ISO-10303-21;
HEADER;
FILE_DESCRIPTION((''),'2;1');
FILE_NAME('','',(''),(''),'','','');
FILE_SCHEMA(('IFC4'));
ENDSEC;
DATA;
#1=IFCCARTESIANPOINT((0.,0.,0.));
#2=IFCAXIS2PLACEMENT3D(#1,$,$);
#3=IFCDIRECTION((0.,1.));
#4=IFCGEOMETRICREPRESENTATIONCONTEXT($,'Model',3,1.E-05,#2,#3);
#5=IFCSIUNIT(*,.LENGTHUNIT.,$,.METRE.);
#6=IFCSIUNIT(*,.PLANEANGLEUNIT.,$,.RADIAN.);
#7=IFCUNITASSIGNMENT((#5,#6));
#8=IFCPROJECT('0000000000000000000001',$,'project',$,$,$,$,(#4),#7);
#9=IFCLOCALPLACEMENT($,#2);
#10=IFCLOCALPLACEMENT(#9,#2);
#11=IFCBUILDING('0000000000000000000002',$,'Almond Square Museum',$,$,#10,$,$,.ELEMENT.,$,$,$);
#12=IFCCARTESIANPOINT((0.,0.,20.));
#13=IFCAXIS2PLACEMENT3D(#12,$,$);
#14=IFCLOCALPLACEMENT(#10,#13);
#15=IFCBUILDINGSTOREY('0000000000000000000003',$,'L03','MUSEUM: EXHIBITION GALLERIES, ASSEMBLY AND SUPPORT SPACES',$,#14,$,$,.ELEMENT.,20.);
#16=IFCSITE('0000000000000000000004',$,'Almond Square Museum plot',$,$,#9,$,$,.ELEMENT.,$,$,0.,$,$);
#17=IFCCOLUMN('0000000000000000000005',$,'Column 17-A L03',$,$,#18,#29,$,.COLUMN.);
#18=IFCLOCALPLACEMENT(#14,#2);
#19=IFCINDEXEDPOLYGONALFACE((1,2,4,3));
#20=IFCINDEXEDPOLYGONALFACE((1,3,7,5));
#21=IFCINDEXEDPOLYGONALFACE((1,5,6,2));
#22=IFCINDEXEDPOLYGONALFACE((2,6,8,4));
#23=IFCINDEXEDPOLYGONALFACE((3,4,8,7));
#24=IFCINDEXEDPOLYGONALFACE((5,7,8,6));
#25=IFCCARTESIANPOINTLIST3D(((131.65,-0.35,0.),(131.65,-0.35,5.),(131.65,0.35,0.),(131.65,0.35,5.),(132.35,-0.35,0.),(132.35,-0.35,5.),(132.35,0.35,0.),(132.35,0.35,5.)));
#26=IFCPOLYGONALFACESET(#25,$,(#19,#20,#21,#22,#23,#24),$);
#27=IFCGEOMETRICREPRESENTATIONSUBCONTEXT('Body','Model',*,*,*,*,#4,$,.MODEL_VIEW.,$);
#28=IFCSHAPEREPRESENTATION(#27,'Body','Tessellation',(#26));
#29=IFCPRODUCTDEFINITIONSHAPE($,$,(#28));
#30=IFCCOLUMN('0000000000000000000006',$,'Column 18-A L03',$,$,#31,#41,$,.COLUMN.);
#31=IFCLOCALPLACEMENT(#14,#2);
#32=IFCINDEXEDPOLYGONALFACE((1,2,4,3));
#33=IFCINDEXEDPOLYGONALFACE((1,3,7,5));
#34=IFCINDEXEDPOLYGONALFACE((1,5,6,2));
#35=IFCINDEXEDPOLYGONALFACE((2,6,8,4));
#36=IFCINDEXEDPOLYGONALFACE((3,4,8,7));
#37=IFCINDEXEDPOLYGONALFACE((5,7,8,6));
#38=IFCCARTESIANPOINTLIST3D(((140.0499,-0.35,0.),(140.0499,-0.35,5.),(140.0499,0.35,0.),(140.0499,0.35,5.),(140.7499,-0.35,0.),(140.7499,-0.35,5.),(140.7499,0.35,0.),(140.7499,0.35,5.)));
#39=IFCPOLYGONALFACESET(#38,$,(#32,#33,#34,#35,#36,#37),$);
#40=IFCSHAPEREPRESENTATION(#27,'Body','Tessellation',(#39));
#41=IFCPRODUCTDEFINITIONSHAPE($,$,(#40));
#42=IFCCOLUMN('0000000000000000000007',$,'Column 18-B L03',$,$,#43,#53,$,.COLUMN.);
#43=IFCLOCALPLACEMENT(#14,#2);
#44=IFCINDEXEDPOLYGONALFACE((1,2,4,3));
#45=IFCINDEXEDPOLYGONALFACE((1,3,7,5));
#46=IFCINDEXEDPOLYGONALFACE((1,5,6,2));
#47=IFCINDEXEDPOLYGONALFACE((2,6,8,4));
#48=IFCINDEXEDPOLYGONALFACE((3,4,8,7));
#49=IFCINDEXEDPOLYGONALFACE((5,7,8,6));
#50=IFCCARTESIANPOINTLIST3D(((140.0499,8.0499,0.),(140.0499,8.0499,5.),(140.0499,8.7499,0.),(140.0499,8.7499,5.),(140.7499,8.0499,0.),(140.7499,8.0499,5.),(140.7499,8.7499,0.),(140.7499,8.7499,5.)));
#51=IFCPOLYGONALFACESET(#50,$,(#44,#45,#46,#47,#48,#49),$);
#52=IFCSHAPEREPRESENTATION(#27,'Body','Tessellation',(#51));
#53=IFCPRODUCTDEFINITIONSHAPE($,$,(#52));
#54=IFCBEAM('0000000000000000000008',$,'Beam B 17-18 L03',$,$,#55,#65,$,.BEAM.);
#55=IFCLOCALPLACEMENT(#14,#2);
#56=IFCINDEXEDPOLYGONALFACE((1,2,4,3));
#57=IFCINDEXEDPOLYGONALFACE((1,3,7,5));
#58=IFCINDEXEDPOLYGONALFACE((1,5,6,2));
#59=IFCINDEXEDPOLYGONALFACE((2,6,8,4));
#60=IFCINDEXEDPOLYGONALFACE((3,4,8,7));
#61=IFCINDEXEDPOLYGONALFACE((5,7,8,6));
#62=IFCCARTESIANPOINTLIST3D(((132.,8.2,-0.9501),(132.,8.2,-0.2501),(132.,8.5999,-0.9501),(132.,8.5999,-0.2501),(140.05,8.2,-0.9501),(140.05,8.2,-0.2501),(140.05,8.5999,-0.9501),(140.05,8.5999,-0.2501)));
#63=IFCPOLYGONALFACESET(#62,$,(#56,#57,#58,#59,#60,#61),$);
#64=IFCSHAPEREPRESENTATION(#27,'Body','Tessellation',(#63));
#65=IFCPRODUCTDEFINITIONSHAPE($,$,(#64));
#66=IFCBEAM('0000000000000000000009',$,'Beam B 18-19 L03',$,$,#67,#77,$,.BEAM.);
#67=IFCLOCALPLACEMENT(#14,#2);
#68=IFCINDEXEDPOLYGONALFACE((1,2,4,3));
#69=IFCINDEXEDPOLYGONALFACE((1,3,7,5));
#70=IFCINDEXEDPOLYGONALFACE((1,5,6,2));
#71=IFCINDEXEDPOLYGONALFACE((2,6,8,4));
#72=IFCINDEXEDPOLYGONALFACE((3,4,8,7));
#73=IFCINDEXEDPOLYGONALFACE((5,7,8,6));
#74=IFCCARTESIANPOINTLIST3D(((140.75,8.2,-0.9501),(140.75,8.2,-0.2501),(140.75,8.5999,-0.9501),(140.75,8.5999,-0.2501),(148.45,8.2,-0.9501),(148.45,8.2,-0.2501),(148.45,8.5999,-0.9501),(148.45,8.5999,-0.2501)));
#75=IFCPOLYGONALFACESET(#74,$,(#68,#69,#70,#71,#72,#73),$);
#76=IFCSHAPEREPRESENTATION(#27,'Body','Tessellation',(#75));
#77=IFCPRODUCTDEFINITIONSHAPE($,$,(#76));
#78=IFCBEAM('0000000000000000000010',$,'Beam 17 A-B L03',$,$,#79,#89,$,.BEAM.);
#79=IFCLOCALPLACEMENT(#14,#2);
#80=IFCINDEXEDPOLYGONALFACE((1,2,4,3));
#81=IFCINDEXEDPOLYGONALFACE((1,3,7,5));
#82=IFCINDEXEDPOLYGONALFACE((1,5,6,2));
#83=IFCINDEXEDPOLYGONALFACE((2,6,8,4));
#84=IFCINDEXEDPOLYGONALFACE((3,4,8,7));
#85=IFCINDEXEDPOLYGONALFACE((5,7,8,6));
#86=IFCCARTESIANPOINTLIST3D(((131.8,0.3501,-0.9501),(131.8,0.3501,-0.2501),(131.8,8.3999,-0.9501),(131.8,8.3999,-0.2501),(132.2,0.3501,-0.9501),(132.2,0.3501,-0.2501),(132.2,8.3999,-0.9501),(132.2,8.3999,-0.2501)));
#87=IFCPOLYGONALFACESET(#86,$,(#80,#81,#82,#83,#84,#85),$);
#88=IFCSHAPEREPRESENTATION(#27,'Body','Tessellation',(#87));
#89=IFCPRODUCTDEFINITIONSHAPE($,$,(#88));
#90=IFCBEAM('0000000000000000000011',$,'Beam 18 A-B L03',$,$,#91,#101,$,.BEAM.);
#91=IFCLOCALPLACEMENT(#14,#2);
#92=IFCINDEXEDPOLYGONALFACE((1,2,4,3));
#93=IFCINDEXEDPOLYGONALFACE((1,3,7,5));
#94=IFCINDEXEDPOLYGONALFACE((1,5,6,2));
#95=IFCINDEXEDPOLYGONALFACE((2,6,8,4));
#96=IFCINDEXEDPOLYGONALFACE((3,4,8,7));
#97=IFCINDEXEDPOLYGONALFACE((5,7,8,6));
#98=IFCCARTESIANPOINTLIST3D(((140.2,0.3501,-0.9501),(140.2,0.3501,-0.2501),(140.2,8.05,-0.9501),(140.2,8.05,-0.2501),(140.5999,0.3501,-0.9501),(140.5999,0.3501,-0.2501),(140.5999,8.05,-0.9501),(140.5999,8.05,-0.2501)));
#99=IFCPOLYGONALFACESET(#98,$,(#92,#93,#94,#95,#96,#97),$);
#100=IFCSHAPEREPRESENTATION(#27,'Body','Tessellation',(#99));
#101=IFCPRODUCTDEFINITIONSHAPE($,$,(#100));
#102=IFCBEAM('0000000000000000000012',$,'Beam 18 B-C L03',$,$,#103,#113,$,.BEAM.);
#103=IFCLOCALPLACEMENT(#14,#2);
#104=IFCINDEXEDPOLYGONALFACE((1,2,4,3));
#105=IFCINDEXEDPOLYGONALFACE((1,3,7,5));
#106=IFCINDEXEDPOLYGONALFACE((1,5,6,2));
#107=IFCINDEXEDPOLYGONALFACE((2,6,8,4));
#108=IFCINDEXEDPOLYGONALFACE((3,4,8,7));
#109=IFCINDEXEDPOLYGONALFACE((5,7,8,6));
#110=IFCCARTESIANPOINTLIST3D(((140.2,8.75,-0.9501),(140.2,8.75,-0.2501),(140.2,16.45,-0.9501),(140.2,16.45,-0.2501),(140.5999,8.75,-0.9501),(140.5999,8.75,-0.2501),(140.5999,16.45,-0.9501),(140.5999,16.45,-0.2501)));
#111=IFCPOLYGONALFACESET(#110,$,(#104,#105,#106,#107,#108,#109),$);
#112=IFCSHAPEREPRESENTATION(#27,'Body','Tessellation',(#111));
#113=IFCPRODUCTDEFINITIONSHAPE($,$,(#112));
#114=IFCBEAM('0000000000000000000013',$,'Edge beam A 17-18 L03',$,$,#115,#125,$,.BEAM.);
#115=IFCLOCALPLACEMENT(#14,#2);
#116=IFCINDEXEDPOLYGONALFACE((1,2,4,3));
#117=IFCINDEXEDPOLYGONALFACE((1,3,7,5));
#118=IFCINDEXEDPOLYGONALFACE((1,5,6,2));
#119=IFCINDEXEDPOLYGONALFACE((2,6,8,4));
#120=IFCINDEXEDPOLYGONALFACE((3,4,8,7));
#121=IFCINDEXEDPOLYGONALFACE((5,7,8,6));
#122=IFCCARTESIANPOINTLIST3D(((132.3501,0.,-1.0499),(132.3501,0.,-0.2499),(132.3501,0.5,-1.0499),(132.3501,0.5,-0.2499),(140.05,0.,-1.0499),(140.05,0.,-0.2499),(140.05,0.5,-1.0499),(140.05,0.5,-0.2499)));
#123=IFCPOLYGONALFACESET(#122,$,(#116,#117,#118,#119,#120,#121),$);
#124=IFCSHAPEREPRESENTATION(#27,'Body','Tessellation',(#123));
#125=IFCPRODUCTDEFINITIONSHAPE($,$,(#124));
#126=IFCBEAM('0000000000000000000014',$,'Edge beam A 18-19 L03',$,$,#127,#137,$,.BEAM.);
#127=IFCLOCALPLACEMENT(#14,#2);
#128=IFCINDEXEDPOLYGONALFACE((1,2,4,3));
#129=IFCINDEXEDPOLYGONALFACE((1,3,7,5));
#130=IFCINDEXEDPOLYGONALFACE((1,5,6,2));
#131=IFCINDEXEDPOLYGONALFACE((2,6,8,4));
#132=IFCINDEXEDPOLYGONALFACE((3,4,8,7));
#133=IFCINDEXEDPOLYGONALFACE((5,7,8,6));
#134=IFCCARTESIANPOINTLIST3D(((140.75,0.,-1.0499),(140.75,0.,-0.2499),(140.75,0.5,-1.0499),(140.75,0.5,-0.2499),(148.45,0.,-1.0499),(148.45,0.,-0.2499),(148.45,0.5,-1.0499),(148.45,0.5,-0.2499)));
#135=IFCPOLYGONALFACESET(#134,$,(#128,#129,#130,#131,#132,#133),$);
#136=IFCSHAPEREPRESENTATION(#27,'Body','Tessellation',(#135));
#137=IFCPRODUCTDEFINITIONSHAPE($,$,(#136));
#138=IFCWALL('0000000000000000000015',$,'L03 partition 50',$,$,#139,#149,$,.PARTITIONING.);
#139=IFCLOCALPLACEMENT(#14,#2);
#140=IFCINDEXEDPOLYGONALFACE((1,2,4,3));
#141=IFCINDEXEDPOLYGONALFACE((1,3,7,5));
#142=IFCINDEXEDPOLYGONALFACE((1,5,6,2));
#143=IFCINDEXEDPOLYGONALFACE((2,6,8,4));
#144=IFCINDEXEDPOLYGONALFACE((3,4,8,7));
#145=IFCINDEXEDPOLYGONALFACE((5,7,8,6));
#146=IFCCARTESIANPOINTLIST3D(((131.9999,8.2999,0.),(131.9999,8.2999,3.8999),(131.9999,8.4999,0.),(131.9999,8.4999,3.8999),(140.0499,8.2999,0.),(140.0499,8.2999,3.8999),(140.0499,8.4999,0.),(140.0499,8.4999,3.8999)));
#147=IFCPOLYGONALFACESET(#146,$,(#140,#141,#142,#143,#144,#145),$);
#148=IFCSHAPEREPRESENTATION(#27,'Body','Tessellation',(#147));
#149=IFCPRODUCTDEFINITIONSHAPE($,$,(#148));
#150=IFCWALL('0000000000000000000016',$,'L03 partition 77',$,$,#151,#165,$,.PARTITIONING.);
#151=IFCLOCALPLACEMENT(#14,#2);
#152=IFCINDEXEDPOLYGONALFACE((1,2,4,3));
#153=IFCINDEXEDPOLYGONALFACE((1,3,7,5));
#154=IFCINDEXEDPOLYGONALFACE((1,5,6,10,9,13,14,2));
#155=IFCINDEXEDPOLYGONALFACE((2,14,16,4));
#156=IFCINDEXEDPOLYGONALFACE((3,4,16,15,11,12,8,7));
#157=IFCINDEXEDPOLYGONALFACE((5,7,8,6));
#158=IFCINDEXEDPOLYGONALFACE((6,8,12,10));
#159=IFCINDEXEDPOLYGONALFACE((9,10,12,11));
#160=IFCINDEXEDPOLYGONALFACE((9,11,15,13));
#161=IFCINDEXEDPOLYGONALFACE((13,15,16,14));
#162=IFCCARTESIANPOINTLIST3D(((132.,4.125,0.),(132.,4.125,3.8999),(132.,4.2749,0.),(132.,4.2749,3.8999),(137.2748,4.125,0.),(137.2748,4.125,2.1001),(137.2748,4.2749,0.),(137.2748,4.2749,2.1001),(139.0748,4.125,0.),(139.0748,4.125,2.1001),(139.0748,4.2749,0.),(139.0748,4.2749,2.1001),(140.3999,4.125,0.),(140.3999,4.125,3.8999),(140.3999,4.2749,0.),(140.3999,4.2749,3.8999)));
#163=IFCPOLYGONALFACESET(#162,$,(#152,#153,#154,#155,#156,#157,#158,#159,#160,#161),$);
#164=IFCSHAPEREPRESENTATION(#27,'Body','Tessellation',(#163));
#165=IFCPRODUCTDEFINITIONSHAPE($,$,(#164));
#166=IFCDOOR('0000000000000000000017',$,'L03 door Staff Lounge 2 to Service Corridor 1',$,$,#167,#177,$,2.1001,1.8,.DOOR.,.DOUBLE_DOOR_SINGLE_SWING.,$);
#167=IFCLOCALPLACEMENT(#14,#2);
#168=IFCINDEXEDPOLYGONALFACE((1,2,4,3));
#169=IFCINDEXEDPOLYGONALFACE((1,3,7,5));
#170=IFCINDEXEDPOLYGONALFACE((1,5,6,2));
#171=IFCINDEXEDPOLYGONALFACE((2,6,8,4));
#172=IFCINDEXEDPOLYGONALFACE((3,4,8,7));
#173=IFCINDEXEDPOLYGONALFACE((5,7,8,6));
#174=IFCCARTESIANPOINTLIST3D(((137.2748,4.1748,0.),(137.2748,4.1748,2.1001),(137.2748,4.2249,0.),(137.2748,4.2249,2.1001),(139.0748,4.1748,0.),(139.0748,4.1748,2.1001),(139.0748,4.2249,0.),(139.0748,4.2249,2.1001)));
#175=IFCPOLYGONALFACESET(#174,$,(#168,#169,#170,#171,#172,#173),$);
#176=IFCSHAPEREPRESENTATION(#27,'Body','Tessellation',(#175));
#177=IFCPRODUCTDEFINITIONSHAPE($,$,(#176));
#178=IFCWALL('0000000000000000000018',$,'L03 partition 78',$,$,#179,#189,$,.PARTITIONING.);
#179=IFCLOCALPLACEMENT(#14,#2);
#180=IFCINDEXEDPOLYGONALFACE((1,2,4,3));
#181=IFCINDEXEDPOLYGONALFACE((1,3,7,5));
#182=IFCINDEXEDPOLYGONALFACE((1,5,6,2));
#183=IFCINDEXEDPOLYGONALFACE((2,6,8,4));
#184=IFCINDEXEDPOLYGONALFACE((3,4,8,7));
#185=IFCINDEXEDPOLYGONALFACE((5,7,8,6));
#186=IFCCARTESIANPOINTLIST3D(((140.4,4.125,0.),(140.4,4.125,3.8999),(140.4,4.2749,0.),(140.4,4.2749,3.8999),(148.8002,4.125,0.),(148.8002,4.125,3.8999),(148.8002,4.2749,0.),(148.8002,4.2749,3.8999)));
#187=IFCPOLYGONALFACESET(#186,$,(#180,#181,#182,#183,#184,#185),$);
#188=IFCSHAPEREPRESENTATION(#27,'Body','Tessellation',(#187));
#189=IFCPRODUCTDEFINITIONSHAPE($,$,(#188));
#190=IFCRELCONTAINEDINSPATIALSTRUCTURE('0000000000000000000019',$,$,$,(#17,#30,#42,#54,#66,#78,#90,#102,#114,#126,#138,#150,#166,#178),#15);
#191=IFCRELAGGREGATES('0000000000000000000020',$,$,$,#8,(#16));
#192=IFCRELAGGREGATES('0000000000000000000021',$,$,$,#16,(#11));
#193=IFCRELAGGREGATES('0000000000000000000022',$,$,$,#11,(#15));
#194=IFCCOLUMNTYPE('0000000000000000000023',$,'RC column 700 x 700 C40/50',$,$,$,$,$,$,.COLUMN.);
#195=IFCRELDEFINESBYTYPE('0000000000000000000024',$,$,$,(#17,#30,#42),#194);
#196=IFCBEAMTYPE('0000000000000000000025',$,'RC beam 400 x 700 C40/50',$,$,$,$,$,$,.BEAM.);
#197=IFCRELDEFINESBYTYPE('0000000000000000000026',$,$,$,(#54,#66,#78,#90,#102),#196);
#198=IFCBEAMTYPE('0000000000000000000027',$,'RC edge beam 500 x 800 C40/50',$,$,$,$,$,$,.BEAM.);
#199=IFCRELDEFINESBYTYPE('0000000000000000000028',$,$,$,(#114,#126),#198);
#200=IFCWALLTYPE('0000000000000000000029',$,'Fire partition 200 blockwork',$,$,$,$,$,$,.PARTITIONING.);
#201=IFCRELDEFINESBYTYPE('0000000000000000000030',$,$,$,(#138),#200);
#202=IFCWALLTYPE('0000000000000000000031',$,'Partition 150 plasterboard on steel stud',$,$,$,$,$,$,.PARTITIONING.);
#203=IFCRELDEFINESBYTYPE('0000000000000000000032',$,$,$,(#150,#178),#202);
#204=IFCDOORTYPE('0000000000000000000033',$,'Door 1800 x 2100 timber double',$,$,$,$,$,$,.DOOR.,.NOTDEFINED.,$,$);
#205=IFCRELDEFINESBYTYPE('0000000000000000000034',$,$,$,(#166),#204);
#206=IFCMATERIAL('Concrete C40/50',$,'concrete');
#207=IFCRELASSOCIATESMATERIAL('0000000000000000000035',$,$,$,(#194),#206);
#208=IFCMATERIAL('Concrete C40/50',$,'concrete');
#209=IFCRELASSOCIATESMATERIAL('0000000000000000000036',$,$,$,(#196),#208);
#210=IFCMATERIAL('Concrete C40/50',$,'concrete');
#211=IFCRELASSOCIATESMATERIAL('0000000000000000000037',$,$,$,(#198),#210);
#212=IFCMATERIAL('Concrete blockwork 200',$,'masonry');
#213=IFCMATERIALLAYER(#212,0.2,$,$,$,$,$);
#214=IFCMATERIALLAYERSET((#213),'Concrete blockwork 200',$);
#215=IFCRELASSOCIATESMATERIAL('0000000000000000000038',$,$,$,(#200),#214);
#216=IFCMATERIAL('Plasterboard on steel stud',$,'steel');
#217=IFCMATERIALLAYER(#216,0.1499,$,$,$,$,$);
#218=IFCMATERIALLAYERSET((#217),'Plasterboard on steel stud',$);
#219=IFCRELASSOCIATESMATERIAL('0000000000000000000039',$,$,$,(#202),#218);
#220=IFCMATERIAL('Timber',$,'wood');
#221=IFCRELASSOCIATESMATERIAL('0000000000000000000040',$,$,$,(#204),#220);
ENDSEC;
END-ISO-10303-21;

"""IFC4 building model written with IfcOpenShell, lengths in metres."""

from ifc_helpers import new_model, si_unit, direction, frame, frame_2d, origin, origin_2d, place, context, subcontext, project, spatial, rectangle, extrude, material, layer, layer_set, material_profile, profile_set, type_object, element, fill, save


model = new_model("IFC4")

# Units and contexts
model_context = context("Model", 3, precision=1e-05, world=origin(), true_north=direction((0.0, 1.0)))
body_context = subcontext(model_context, "Body", "Model", "MODEL_VIEW")
ifc_project = project(units=[si_unit("LENGTHUNIT", "METRE"), si_unit("PLANEANGLEUNIT", "RADIAN")], contexts=[model_context])

# Site, building, storey
site_placement = place(None, origin())
site = spatial("IfcSite", under=ifc_project, at=site_placement, Name="Almond Square Museum plot", CompositionType="ELEMENT", RefElevation=0.0)
building_placement = place(site_placement, origin())
building = spatial("IfcBuilding", under=site, at=building_placement, Name="Almond Square Museum", CompositionType="ELEMENT")
storey_placement = place(building_placement, frame((0.0, 0.0, 20.0)))
storey = spatial("IfcBuildingStorey", under=building, at=storey_placement, Name="L03", Description="MUSEUM: EXHIBITION GALLERIES, ASSEMBLY AND SUPPORT SPACES", CompositionType="ELEMENT", Elevation=20.0)

# Columns
ifc_material_1 = material(Name="Concrete C40/50", Category="concrete")
ifc_material_profile_1 = material_profile(ifc_material_1, rectangle(XDim=0.7, YDim=0.7, at=origin_2d()))
ifc_profile_set_1 = profile_set([ifc_material_profile_1], Name="Concrete C40/50")
column_type = type_object("IfcColumnType", Name="RC column 700 x 700 C40/50", PredefinedType="COLUMN", material=ifc_profile_set_1)
for number, where, z_axis, x_axis, name in (
    (1, (132.0, 0.0, 0.0), (0.0, 0.0, 1.0), (1.0, 0.0, 0.0), "Column 17-A L03"),
    (2, (140.3999, 0.0, 0.0), (0.0, 0.0, 1.0), (1.0, 0.0, 0.0), "Column 18-A L03"),
    (3, (140.3999, 8.3999, 0.0), (0.0, 0.0, 1.0), (1.0, 0.0, 0.0), "Column 18-B L03"),
):
    element("IfcColumn", number, at=place(storey_placement, frame(where, z_axis=z_axis, x_axis=x_axis)), inside=storey, type_object=column_type, Name=name, PredefinedType="COLUMN", context=body_context, shape_type="SweptSolid", body=[
        extrude(rectangle(XDim=0.7, YDim=0.7, at=origin_2d()), origin(), (0.0, 0.0, 1.0), 5.0),
    ])

# Beams
ifc_material_2 = material(Name="Concrete C40/50", Category="concrete")
ifc_material_profile_2 = material_profile(ifc_material_2, rectangle(XDim=0.3999, YDim=0.7, at=origin_2d()))
ifc_profile_set_2 = profile_set([ifc_material_profile_2], Name="Concrete C40/50")
beam_type_1 = type_object("IfcBeamType", Name="RC beam 400 x 700 C40/50", PredefinedType="BEAM", material=ifc_profile_set_2)
beam_1_placement = place(storey_placement, frame((132.0, 8.3999, -0.6001), z_axis=(1.0, 0.0, 0.0), x_axis=(0.0, 1.0, 0.0)))
element("IfcBeam", 4, at=beam_1_placement, inside=storey, type_object=beam_type_1, Name="Beam B 17-18 L03", PredefinedType="BEAM", context=body_context, shape_type="SweptSolid", body=[
    extrude(rectangle(XDim=0.3999, YDim=0.7, at=origin_2d()), origin(), (0.0, 0.0, 1.0), 8.05),
])
beam_2_placement = place(storey_placement, frame((140.75, 8.3999, -0.6001), z_axis=(1.0, 0.0, 0.0), x_axis=(0.0, 1.0, 0.0)))
element("IfcBeam", 5, at=beam_2_placement, inside=storey, type_object=beam_type_1, Name="Beam B 18-19 L03", PredefinedType="BEAM", context=body_context, shape_type="SweptSolid", body=[
    extrude(rectangle(XDim=0.3999, YDim=0.7, at=origin_2d()), origin(), (0.0, 0.0, 1.0), 7.7),
])
beam_3_placement = place(storey_placement, frame((132.0, 0.3501, -0.6001), z_axis=(0.0, 1.0, 0.0), x_axis=(-1.0, 0.0, 0.0)))
element("IfcBeam", 6, at=beam_3_placement, inside=storey, type_object=beam_type_1, Name="Beam 17 A-B L03", PredefinedType="BEAM", context=body_context, shape_type="SweptSolid", body=[
    extrude(rectangle(XDim=0.3999, YDim=0.7, at=origin_2d()), origin(), (0.0, 0.0, 1.0), 8.0498),
])
for number, where, z_axis, x_axis, name in (
    (7, (140.3999, 0.3501, -0.6001), (0.0, 1.0, 0.0), (-1.0, 0.0, 0.0), "Beam 18 A-B L03"),
    (8, (140.3999, 8.75, -0.6001), (0.0, 1.0, 0.0), (-1.0, 0.0, 0.0), "Beam 18 B-C L03"),
):
    element("IfcBeam", number, at=place(storey_placement, frame(where, z_axis=z_axis, x_axis=x_axis)), inside=storey, type_object=beam_type_1, Name=name, PredefinedType="BEAM", context=body_context, shape_type="SweptSolid", body=[
        extrude(rectangle(XDim=0.3999, YDim=0.7, at=origin_2d()), origin(), (0.0, 0.0, 1.0), 7.7),
    ])
ifc_material_3 = material(Name="Concrete C40/50", Category="concrete")
ifc_material_profile_3 = material_profile(ifc_material_3, rectangle(XDim=0.5, YDim=0.8, at=origin_2d()))
ifc_profile_set_3 = profile_set([ifc_material_profile_3], Name="Concrete C40/50")
beam_type_2 = type_object("IfcBeamType", Name="RC edge beam 500 x 800 C40/50", PredefinedType="BEAM", material=ifc_profile_set_3)
for number, where, z_axis, x_axis, name in (
    (9, (132.3501, 0.25, -0.6499), (1.0, 0.0, 0.0), (0.0, 1.0, 0.0), "Edge beam A 17-18 L03"),
    (10, (140.75, 0.25, -0.6499), (1.0, 0.0, 0.0), (0.0, 1.0, 0.0), "Edge beam A 18-19 L03"),
):
    element("IfcBeam", number, at=place(storey_placement, frame(where, z_axis=z_axis, x_axis=x_axis)), inside=storey, type_object=beam_type_2, Name=name, PredefinedType="BEAM", context=body_context, shape_type="SweptSolid", body=[
        extrude(rectangle(XDim=0.5, YDim=0.8, at=origin_2d()), origin(), (0.0, 0.0, 1.0), 7.7),
    ])

# Wall
ifc_material_4 = material(Name="Concrete blockwork 200", Category="masonry")
ifc_layer_1 = layer(ifc_material_4, 0.2)
ifc_layer_set_1 = layer_set([ifc_layer_1], Name="Concrete blockwork 200")
wall_type_1 = type_object("IfcWallType", Name="Fire partition 200 blockwork", PredefinedType="PARTITIONING", material=ifc_layer_set_1)
wall_1_placement = place(storey_placement, frame((132.0, 8.3999, 0.0), z_axis=(0.0, 0.0, 1.0), x_axis=(1.0, 0.0, 0.0)))
element("IfcWall", 11, at=wall_1_placement, inside=storey, type_object=wall_type_1, Name="L03 partition 50", PredefinedType="PARTITIONING", context=body_context, shape_type="SweptSolid", body=[
    extrude(rectangle(XDim=8.05, YDim=0.2, at=frame_2d((4.0249, 0.0))), origin(), (0.0, 0.0, 1.0), 3.8999),
])

# Wall, opening, door
ifc_material_5 = material(Name="Plasterboard on steel stud", Category="steel")
ifc_layer_2 = layer(ifc_material_5, 0.1499)
ifc_layer_set_2 = layer_set([ifc_layer_2], Name="Plasterboard on steel stud")
wall_type_2 = type_object("IfcWallType", Name="Partition 150 plasterboard on steel stud", PredefinedType="PARTITIONING", material=ifc_layer_set_2)
wall_2_placement = place(storey_placement, frame((132.0, 4.2, 0.0), z_axis=(0.0, 0.0, 1.0), x_axis=(1.0, 0.0, 0.0)))
wall_2 = element("IfcWall", 12, at=wall_2_placement, inside=storey, type_object=wall_type_2, Name="L03 partition 77", PredefinedType="PARTITIONING", context=body_context, shape_type="SweptSolid", body=[
    extrude(rectangle(XDim=8.3999, YDim=0.1499, at=frame_2d((4.2, 0.0))), origin(), (0.0, 0.0, 1.0), 3.8999),
])
opening_placement = place(wall_2_placement, frame((5.2749, 0.0, 0.0)))
opening = element("IfcOpeningElement", 13, at=opening_placement, cuts=wall_2, PredefinedType="OPENING", context=body_context, shape_type="SweptSolid", body=[
    extrude(rectangle(XDim=1.8, YDim=2.1001, at=frame_2d((0.8999, 1.05))), frame((0.0, 0.085, 0.0), z_axis=(0.0, -1.0, 0.0), x_axis=(1.0, 0.0, 0.0)), (0.0, 0.0, 1.0), 0.1699),
])
ifc_material_6 = material(Name="Timber", Category="wood")
door_type = type_object("IfcDoorType", Name="Door 1800 x 2100 timber double", OperationType="NOTDEFINED", PredefinedType="DOOR", material=ifc_material_6)
door_placement = place(opening_placement, origin())
door = element("IfcDoor", 14, at=door_placement, inside=storey, type_object=door_type, Name="L03 door Staff Lounge 2 to Service Corridor 1", OperationType="DOUBLE_DOOR_SINGLE_SWING", OverallHeight=2.1001, OverallWidth=1.8, PredefinedType="DOOR", context=body_context, shape_type="SweptSolid", body=[
    extrude(rectangle(XDim=1.8, YDim=2.1001, at=frame_2d((0.8999, 1.05))), frame((0.0, 0.0249, 0.0), z_axis=(0.0, -1.0, 0.0), x_axis=(1.0, 0.0, 0.0)), (0.0, 0.0, 1.0), 0.05),
])
fill(opening, door)

# Wall
wall_3_placement = place(storey_placement, frame((140.3999, 4.2, 0.0), z_axis=(0.0, 0.0, 1.0), x_axis=(1.0, 0.0, 0.0)))
element("IfcWall", 15, at=wall_3_placement, inside=storey, type_object=wall_type_2, Name="L03 partition 78", PredefinedType="PARTITIONING", context=body_context, shape_type="SweptSolid", body=[
    extrude(rectangle(XDim=8.4001, YDim=0.1499, at=frame_2d((4.2002, 0.0))), origin(), (0.0, 0.0, 1.0), 3.8999),
])

save(model, "model.ifc")
